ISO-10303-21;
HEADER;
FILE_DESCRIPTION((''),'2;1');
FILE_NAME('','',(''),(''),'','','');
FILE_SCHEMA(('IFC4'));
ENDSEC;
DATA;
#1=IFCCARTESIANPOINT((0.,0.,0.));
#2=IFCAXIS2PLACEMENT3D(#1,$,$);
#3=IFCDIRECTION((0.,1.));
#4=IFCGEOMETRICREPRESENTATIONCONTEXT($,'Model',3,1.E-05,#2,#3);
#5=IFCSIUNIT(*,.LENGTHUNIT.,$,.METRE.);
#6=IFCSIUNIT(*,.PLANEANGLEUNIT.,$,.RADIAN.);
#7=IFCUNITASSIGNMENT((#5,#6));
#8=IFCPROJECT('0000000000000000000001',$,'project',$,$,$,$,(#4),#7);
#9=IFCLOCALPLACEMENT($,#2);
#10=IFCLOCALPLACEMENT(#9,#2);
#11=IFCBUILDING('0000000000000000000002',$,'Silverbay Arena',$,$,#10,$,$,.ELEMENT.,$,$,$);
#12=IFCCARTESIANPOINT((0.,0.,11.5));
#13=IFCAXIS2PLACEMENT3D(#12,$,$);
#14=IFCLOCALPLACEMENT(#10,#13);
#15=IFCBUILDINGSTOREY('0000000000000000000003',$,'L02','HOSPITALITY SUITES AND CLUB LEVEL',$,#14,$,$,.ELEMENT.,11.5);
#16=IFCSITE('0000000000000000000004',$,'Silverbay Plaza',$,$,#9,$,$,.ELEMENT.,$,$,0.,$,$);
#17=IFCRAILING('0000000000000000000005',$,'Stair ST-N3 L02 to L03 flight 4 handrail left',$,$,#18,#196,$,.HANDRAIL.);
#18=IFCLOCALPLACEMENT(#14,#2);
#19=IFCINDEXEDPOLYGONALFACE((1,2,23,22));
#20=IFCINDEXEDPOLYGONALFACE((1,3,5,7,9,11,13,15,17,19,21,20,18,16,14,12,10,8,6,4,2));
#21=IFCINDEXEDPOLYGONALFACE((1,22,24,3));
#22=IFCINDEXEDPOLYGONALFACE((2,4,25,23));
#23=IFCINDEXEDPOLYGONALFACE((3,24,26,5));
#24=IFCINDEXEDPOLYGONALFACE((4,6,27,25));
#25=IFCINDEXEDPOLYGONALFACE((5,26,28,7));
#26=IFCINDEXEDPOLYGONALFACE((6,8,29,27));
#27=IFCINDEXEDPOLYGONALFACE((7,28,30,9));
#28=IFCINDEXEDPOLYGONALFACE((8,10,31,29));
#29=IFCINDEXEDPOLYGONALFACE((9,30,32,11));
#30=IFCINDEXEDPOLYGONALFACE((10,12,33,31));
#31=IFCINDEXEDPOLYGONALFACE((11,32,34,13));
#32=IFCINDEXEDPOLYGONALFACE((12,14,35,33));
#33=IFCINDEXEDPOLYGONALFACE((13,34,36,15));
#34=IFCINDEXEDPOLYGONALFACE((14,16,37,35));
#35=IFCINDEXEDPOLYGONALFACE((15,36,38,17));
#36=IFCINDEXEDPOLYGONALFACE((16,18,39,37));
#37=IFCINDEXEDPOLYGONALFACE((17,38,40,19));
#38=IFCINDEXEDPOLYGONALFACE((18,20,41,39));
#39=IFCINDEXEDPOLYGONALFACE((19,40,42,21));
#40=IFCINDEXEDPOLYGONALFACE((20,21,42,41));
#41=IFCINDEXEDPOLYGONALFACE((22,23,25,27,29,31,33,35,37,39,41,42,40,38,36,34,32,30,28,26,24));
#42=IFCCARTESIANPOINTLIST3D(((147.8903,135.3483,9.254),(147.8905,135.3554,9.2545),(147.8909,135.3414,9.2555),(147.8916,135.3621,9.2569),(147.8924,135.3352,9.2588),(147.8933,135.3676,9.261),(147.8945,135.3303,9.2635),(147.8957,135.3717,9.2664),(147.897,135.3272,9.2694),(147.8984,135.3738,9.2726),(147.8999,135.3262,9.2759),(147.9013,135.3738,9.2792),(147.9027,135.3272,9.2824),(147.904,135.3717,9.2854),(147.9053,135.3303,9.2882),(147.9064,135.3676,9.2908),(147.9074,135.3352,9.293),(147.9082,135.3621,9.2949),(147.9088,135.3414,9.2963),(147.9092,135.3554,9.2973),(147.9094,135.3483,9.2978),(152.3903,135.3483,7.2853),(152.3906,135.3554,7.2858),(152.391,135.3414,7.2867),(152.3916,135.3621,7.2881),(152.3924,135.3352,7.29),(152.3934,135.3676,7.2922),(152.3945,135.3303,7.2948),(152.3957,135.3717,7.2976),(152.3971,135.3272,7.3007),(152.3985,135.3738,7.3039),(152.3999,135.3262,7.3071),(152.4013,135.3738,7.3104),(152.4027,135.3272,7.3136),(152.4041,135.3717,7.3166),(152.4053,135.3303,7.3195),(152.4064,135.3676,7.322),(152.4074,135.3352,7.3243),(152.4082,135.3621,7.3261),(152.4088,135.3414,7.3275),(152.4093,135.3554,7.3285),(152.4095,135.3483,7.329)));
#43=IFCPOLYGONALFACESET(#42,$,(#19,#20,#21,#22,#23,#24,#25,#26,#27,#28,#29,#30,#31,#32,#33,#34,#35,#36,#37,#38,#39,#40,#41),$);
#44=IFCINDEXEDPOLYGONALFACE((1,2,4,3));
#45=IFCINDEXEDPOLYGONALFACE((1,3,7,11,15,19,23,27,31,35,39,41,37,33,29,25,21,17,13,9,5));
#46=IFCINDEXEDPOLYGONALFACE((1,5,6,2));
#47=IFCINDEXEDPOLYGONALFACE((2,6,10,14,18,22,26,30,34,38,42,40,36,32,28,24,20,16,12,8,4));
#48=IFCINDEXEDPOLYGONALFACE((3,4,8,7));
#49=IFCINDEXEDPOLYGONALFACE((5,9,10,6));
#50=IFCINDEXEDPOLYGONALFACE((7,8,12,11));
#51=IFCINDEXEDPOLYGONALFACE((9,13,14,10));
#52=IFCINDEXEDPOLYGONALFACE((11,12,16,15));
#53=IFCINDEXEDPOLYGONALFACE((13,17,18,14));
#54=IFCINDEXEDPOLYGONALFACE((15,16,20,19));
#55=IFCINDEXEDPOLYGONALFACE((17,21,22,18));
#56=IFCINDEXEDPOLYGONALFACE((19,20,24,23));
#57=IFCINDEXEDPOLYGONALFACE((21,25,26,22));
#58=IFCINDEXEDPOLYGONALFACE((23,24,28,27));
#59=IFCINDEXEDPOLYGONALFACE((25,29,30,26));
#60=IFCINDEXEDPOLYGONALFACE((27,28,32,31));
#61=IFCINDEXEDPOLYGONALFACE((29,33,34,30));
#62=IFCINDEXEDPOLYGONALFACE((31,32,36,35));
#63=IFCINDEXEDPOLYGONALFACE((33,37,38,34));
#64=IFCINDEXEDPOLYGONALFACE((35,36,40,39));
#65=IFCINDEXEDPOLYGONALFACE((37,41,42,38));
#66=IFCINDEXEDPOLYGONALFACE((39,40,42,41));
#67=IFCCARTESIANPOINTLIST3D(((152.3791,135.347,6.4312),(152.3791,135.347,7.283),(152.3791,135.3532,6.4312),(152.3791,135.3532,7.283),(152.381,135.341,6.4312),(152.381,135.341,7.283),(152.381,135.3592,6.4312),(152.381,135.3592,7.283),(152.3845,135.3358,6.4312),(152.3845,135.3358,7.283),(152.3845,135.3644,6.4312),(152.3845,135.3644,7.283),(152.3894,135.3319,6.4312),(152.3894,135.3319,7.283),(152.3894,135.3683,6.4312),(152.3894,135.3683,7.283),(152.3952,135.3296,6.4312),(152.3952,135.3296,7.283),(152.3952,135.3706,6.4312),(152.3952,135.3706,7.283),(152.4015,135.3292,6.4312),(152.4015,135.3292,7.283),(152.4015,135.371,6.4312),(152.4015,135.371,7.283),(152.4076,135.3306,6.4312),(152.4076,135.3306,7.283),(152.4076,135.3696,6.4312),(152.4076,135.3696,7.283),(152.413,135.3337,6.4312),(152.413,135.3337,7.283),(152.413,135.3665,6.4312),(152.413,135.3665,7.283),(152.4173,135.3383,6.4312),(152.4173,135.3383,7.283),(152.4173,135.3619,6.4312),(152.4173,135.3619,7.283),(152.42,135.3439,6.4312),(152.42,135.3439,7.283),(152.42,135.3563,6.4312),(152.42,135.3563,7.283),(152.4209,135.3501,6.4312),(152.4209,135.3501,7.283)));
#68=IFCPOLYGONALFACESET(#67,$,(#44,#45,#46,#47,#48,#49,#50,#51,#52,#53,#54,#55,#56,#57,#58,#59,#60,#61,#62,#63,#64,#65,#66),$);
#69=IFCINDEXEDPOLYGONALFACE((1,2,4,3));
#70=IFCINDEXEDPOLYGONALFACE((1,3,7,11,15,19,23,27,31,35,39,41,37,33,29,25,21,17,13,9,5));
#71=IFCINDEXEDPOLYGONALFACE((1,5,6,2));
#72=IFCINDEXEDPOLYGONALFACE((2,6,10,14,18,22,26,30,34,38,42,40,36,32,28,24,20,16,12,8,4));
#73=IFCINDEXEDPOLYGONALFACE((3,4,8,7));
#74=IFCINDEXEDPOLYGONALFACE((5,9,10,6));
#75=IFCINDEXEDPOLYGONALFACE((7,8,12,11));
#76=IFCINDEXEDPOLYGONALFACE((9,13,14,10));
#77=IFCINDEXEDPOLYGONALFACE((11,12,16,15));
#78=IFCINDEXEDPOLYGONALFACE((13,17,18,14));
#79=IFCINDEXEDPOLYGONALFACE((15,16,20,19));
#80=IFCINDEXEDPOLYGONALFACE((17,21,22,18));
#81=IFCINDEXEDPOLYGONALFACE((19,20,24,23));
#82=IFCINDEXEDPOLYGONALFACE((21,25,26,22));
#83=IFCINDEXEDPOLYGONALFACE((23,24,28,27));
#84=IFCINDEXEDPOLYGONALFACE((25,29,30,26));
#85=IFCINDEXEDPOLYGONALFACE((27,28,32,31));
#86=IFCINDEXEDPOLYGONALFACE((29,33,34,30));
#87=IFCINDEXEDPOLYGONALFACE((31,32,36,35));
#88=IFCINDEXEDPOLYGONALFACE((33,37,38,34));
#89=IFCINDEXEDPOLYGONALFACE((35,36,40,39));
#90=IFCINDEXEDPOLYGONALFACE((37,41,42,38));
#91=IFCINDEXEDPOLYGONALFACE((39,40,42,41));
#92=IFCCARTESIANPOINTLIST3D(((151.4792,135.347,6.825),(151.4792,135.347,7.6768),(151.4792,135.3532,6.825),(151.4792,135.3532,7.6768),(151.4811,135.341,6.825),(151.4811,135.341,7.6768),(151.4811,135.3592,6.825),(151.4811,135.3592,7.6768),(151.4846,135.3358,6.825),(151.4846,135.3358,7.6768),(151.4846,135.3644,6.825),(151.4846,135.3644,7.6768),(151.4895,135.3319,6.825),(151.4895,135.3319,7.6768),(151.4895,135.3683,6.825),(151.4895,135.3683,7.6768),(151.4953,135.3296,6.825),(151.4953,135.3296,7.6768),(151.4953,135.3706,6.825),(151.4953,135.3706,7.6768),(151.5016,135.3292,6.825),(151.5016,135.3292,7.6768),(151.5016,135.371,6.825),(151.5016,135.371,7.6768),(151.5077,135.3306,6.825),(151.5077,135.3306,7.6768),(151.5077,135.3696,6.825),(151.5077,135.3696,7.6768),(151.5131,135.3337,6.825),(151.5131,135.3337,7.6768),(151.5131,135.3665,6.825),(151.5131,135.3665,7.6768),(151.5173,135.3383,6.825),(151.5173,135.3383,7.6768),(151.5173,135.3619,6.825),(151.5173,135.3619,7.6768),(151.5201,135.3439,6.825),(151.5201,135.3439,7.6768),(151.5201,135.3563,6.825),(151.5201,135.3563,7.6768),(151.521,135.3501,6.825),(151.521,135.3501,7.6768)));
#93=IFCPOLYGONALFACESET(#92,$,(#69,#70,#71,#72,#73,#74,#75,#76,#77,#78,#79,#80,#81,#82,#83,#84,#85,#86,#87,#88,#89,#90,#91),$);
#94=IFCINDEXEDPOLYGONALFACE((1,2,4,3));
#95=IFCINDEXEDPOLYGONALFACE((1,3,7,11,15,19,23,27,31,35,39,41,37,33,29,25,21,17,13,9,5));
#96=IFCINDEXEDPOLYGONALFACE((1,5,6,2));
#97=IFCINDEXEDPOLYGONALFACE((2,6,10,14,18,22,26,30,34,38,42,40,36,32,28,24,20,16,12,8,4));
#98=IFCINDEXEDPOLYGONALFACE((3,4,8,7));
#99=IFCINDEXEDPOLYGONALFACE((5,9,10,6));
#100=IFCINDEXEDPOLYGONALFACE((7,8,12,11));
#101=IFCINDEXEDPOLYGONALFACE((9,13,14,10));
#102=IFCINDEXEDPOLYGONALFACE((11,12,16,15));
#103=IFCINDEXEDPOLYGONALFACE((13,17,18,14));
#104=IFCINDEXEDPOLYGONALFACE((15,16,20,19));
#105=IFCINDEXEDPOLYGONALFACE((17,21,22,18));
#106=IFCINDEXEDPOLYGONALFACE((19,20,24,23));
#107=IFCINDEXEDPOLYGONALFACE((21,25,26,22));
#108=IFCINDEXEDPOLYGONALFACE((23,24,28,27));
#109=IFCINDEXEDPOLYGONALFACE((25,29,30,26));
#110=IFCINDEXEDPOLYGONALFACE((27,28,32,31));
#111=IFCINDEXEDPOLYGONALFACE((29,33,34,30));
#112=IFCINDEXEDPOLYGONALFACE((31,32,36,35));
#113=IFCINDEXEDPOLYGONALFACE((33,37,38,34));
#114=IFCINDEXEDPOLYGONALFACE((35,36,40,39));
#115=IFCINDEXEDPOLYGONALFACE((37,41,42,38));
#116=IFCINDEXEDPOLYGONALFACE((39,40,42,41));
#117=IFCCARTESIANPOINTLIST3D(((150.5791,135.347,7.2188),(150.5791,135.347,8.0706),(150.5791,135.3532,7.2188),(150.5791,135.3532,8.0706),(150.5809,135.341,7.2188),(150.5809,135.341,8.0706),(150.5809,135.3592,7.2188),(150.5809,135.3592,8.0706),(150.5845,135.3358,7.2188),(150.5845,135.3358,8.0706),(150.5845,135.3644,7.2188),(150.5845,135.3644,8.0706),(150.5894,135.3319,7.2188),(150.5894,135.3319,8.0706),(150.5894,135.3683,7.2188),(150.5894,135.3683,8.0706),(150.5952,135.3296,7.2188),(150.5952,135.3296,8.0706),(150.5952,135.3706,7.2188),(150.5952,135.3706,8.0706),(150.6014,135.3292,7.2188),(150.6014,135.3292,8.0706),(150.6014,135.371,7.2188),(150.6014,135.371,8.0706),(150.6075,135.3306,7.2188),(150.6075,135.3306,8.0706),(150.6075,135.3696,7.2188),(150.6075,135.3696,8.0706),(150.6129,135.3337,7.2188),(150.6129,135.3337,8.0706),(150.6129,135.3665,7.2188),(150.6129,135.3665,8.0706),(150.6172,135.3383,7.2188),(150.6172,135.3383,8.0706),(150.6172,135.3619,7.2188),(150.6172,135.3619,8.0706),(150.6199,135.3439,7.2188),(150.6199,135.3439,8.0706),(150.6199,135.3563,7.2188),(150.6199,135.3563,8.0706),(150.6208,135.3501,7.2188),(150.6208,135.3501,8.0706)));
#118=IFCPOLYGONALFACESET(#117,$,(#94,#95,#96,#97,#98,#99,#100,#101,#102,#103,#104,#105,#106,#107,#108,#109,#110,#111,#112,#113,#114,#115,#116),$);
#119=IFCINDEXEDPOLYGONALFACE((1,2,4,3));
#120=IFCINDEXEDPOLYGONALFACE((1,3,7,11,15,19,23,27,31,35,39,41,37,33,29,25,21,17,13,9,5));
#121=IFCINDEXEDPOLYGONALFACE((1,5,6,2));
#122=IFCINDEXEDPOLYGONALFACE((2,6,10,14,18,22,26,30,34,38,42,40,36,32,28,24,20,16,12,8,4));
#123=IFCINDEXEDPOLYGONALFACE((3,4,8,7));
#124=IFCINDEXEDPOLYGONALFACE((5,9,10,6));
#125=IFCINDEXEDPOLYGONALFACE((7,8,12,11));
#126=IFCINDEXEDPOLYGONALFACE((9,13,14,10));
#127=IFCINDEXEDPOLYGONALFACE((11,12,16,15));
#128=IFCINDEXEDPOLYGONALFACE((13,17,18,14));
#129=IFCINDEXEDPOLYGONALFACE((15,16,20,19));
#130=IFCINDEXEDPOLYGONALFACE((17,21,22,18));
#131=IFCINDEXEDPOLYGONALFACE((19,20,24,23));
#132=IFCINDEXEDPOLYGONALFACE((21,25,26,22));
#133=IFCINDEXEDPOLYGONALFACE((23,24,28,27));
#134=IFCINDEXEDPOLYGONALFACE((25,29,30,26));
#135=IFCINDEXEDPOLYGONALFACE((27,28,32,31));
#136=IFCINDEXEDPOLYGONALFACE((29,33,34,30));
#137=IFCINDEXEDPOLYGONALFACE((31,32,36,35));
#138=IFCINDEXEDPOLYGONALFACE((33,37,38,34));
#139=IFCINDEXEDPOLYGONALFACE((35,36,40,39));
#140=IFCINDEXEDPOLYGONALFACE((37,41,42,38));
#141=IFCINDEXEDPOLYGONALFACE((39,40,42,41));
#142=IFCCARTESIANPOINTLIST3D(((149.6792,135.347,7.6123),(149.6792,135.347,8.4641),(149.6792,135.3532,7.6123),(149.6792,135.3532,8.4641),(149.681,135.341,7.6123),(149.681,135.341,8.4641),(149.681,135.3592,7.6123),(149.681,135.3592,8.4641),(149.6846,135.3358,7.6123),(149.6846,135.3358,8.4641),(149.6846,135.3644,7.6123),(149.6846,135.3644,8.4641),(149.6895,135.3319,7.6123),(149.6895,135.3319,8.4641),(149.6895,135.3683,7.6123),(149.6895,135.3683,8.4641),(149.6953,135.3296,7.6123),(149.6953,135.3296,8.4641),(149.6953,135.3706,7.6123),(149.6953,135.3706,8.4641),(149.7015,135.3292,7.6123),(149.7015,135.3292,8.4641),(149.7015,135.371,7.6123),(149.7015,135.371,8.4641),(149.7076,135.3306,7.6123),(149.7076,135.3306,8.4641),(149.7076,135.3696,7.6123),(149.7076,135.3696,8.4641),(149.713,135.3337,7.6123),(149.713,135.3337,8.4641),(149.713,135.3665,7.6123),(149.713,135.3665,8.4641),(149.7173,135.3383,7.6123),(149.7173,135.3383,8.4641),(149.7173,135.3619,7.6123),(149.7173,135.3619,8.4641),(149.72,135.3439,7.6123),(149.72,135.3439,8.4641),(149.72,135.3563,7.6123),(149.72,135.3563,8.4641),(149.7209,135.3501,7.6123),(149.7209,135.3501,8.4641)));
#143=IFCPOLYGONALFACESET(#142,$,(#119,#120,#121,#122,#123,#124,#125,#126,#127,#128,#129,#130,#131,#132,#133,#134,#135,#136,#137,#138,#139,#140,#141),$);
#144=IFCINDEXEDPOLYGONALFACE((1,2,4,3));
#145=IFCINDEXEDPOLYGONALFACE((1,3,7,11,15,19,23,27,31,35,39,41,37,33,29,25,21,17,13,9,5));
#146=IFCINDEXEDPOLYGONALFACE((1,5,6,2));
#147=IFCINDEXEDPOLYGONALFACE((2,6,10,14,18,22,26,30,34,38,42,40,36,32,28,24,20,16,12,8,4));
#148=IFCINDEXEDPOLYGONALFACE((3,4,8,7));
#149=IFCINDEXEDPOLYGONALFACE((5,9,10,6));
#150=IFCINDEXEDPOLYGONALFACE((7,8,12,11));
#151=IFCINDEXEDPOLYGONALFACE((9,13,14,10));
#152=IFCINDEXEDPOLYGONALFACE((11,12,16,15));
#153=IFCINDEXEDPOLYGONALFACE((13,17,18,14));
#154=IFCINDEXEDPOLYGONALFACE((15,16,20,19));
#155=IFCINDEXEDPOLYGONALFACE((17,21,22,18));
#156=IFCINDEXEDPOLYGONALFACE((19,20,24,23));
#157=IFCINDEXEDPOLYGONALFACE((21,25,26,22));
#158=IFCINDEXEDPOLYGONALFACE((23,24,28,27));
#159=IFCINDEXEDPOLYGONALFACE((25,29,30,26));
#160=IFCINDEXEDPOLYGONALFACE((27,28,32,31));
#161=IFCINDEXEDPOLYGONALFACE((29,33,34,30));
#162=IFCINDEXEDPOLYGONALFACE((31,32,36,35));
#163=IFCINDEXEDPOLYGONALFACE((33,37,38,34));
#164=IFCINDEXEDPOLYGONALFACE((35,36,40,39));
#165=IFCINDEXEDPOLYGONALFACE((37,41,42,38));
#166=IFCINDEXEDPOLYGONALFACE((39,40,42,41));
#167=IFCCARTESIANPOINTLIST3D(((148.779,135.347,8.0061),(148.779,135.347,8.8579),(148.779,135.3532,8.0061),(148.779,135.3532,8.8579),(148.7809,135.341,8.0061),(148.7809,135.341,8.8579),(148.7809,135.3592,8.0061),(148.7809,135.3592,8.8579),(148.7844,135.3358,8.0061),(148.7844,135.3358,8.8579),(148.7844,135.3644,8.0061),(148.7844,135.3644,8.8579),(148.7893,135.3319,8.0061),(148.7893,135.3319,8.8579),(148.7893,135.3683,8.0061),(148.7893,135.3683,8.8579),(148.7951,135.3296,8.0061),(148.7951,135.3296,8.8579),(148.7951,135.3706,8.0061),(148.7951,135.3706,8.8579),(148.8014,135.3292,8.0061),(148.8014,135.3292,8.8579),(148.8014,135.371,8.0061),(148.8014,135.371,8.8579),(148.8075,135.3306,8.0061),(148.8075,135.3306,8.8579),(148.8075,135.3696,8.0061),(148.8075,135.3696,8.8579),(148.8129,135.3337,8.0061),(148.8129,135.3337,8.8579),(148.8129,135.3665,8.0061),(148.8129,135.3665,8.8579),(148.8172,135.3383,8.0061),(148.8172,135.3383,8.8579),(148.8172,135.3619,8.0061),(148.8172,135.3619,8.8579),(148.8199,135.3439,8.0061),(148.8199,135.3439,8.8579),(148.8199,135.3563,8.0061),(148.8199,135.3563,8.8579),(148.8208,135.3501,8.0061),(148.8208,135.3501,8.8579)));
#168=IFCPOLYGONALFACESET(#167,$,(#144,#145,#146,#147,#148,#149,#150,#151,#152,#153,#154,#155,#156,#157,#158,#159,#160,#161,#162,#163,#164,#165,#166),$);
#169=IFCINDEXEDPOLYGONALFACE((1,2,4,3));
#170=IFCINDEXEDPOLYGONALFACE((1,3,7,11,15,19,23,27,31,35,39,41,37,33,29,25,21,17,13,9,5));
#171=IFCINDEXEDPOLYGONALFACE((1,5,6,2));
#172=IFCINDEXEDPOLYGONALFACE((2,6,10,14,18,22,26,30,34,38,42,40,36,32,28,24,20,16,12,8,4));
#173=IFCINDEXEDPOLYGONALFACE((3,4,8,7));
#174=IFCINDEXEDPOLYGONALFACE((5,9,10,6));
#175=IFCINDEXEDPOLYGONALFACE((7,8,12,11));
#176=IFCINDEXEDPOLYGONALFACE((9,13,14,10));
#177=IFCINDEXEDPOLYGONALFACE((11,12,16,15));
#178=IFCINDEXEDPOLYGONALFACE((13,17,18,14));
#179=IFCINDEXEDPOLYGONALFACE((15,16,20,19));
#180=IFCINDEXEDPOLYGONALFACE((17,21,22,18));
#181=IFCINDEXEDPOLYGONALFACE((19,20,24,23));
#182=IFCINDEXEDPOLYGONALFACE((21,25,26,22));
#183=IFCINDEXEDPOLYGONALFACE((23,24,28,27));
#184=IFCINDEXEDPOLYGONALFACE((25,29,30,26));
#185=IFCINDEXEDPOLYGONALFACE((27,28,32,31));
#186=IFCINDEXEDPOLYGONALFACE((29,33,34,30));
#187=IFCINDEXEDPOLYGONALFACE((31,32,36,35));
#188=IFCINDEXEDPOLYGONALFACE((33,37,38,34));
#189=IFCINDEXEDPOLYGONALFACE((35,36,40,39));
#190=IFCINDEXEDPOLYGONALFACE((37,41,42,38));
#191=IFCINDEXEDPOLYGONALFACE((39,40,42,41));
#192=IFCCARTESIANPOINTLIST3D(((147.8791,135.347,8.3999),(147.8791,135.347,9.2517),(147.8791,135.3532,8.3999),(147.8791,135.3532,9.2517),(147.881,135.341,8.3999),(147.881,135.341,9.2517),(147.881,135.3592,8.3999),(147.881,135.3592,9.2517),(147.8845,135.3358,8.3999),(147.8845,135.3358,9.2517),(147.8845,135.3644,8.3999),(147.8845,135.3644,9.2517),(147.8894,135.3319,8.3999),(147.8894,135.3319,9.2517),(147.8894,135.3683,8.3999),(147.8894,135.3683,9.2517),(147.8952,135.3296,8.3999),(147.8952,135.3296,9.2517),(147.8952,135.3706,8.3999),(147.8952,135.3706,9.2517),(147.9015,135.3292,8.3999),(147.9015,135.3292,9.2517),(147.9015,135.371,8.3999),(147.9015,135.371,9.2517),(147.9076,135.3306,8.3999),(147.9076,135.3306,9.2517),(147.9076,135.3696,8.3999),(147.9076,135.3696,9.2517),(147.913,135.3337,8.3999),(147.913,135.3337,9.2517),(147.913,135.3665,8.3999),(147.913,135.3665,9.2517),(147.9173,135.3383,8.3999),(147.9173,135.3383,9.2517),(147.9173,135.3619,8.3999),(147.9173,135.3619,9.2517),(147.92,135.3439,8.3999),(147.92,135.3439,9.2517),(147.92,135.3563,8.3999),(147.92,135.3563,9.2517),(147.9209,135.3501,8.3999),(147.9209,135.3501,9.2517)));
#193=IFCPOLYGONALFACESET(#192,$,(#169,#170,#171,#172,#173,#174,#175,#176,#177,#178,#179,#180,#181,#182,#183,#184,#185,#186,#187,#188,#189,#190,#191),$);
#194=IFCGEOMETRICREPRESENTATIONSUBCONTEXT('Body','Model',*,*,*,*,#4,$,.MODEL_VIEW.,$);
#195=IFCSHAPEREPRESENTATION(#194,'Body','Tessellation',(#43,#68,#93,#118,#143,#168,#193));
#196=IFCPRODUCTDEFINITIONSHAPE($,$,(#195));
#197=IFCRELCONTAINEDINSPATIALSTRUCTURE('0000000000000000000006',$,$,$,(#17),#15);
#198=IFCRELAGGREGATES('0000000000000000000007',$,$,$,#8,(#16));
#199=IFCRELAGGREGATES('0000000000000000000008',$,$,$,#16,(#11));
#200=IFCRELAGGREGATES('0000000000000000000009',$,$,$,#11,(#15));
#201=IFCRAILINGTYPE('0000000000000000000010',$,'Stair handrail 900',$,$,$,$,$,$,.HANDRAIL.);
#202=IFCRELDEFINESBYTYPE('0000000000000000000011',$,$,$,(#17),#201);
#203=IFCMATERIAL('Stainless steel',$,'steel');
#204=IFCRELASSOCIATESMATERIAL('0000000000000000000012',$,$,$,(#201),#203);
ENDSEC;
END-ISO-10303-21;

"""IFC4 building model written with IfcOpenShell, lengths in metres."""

from ifc_helpers import new_model, si_unit, direction, frame, origin, origin_2d, place, context, subcontext, project, spatial, circle, extrude, material, type_object, element, save


model = new_model("IFC4")

# Units and contexts
model_context = context("Model", 3, precision=1e-05, world=origin(), true_north=direction((0.0, 1.0)))
body_context = subcontext(model_context, "Body", "Model", "MODEL_VIEW")
ifc_project = project(units=[si_unit("LENGTHUNIT", "METRE"), si_unit("PLANEANGLEUNIT", "RADIAN")], contexts=[model_context])

# Site, building, storey
site_placement = place(None, origin())
site = spatial("IfcSite", under=ifc_project, at=site_placement, Name="Silverbay Plaza", CompositionType="ELEMENT", RefElevation=0.0)
building_placement = place(site_placement, origin())
building = spatial("IfcBuilding", under=site, at=building_placement, Name="Silverbay Arena", CompositionType="ELEMENT")
storey_placement = place(building_placement, frame((0.0, 0.0, 11.5)))
storey = spatial("IfcBuildingStorey", under=building, at=storey_placement, Name="L02", Description="HOSPITALITY SUITES AND CLUB LEVEL", CompositionType="ELEMENT", Elevation=11.5)

# Railing
ifc_material_1 = material(Name="Stainless steel", Category="steel")
railing_type_1 = type_object("IfcRailingType", Name="Stair handrail 900", PredefinedType="HANDRAIL", material=ifc_material_1)
for number, where, name in (
    (1, (152.3999, 135.3501, 6.4312), "Stair ST-N3 L02 to L03 flight 4 handrail left"),
):
    element("IfcRailing", number, at=place(storey_placement, frame(where)), inside=storey, type_object=railing_type_1, Name=name, PredefinedType="HANDRAIL", context=body_context, shape_type="SweptSolid", body=[
        extrude(circle(Radius=0.0239, at=origin_2d()), frame((0.0, 0.0, 0.876), z_axis=(-0.916157, 0.0, 0.400819), x_axis=(0.0, -1.0, 0.0)), (0.0, 0.0, 1.0), 4.9119),
        extrude(circle(Radius=0.021, at=origin_2d()), origin(), (0.0, 0.0, 1.0), 0.8518),
        extrude(circle(Radius=0.021, at=origin_2d()), frame((-0.8999, 0.0, 0.3938)), (0.0, 0.0, 1.0), 0.8518),
        extrude(circle(Radius=0.021, at=origin_2d()), frame((-1.8, 0.0, 0.7876)), (0.0, 0.0, 1.0), 0.8518),
        extrude(circle(Radius=0.021, at=origin_2d()), frame((-2.7, 0.0, 1.1812)), (0.0, 0.0, 1.0), 0.8518),
        extrude(circle(Radius=0.021, at=origin_2d()), frame((-3.6001, 0.0, 1.575)), (0.0, 0.0, 1.0), 0.8518),
        extrude(circle(Radius=0.021, at=origin_2d()), frame((-4.5, 0.0, 1.9688)), (0.0, 0.0, 1.0), 0.8518),
    ])

save(model, "model.ifc")
